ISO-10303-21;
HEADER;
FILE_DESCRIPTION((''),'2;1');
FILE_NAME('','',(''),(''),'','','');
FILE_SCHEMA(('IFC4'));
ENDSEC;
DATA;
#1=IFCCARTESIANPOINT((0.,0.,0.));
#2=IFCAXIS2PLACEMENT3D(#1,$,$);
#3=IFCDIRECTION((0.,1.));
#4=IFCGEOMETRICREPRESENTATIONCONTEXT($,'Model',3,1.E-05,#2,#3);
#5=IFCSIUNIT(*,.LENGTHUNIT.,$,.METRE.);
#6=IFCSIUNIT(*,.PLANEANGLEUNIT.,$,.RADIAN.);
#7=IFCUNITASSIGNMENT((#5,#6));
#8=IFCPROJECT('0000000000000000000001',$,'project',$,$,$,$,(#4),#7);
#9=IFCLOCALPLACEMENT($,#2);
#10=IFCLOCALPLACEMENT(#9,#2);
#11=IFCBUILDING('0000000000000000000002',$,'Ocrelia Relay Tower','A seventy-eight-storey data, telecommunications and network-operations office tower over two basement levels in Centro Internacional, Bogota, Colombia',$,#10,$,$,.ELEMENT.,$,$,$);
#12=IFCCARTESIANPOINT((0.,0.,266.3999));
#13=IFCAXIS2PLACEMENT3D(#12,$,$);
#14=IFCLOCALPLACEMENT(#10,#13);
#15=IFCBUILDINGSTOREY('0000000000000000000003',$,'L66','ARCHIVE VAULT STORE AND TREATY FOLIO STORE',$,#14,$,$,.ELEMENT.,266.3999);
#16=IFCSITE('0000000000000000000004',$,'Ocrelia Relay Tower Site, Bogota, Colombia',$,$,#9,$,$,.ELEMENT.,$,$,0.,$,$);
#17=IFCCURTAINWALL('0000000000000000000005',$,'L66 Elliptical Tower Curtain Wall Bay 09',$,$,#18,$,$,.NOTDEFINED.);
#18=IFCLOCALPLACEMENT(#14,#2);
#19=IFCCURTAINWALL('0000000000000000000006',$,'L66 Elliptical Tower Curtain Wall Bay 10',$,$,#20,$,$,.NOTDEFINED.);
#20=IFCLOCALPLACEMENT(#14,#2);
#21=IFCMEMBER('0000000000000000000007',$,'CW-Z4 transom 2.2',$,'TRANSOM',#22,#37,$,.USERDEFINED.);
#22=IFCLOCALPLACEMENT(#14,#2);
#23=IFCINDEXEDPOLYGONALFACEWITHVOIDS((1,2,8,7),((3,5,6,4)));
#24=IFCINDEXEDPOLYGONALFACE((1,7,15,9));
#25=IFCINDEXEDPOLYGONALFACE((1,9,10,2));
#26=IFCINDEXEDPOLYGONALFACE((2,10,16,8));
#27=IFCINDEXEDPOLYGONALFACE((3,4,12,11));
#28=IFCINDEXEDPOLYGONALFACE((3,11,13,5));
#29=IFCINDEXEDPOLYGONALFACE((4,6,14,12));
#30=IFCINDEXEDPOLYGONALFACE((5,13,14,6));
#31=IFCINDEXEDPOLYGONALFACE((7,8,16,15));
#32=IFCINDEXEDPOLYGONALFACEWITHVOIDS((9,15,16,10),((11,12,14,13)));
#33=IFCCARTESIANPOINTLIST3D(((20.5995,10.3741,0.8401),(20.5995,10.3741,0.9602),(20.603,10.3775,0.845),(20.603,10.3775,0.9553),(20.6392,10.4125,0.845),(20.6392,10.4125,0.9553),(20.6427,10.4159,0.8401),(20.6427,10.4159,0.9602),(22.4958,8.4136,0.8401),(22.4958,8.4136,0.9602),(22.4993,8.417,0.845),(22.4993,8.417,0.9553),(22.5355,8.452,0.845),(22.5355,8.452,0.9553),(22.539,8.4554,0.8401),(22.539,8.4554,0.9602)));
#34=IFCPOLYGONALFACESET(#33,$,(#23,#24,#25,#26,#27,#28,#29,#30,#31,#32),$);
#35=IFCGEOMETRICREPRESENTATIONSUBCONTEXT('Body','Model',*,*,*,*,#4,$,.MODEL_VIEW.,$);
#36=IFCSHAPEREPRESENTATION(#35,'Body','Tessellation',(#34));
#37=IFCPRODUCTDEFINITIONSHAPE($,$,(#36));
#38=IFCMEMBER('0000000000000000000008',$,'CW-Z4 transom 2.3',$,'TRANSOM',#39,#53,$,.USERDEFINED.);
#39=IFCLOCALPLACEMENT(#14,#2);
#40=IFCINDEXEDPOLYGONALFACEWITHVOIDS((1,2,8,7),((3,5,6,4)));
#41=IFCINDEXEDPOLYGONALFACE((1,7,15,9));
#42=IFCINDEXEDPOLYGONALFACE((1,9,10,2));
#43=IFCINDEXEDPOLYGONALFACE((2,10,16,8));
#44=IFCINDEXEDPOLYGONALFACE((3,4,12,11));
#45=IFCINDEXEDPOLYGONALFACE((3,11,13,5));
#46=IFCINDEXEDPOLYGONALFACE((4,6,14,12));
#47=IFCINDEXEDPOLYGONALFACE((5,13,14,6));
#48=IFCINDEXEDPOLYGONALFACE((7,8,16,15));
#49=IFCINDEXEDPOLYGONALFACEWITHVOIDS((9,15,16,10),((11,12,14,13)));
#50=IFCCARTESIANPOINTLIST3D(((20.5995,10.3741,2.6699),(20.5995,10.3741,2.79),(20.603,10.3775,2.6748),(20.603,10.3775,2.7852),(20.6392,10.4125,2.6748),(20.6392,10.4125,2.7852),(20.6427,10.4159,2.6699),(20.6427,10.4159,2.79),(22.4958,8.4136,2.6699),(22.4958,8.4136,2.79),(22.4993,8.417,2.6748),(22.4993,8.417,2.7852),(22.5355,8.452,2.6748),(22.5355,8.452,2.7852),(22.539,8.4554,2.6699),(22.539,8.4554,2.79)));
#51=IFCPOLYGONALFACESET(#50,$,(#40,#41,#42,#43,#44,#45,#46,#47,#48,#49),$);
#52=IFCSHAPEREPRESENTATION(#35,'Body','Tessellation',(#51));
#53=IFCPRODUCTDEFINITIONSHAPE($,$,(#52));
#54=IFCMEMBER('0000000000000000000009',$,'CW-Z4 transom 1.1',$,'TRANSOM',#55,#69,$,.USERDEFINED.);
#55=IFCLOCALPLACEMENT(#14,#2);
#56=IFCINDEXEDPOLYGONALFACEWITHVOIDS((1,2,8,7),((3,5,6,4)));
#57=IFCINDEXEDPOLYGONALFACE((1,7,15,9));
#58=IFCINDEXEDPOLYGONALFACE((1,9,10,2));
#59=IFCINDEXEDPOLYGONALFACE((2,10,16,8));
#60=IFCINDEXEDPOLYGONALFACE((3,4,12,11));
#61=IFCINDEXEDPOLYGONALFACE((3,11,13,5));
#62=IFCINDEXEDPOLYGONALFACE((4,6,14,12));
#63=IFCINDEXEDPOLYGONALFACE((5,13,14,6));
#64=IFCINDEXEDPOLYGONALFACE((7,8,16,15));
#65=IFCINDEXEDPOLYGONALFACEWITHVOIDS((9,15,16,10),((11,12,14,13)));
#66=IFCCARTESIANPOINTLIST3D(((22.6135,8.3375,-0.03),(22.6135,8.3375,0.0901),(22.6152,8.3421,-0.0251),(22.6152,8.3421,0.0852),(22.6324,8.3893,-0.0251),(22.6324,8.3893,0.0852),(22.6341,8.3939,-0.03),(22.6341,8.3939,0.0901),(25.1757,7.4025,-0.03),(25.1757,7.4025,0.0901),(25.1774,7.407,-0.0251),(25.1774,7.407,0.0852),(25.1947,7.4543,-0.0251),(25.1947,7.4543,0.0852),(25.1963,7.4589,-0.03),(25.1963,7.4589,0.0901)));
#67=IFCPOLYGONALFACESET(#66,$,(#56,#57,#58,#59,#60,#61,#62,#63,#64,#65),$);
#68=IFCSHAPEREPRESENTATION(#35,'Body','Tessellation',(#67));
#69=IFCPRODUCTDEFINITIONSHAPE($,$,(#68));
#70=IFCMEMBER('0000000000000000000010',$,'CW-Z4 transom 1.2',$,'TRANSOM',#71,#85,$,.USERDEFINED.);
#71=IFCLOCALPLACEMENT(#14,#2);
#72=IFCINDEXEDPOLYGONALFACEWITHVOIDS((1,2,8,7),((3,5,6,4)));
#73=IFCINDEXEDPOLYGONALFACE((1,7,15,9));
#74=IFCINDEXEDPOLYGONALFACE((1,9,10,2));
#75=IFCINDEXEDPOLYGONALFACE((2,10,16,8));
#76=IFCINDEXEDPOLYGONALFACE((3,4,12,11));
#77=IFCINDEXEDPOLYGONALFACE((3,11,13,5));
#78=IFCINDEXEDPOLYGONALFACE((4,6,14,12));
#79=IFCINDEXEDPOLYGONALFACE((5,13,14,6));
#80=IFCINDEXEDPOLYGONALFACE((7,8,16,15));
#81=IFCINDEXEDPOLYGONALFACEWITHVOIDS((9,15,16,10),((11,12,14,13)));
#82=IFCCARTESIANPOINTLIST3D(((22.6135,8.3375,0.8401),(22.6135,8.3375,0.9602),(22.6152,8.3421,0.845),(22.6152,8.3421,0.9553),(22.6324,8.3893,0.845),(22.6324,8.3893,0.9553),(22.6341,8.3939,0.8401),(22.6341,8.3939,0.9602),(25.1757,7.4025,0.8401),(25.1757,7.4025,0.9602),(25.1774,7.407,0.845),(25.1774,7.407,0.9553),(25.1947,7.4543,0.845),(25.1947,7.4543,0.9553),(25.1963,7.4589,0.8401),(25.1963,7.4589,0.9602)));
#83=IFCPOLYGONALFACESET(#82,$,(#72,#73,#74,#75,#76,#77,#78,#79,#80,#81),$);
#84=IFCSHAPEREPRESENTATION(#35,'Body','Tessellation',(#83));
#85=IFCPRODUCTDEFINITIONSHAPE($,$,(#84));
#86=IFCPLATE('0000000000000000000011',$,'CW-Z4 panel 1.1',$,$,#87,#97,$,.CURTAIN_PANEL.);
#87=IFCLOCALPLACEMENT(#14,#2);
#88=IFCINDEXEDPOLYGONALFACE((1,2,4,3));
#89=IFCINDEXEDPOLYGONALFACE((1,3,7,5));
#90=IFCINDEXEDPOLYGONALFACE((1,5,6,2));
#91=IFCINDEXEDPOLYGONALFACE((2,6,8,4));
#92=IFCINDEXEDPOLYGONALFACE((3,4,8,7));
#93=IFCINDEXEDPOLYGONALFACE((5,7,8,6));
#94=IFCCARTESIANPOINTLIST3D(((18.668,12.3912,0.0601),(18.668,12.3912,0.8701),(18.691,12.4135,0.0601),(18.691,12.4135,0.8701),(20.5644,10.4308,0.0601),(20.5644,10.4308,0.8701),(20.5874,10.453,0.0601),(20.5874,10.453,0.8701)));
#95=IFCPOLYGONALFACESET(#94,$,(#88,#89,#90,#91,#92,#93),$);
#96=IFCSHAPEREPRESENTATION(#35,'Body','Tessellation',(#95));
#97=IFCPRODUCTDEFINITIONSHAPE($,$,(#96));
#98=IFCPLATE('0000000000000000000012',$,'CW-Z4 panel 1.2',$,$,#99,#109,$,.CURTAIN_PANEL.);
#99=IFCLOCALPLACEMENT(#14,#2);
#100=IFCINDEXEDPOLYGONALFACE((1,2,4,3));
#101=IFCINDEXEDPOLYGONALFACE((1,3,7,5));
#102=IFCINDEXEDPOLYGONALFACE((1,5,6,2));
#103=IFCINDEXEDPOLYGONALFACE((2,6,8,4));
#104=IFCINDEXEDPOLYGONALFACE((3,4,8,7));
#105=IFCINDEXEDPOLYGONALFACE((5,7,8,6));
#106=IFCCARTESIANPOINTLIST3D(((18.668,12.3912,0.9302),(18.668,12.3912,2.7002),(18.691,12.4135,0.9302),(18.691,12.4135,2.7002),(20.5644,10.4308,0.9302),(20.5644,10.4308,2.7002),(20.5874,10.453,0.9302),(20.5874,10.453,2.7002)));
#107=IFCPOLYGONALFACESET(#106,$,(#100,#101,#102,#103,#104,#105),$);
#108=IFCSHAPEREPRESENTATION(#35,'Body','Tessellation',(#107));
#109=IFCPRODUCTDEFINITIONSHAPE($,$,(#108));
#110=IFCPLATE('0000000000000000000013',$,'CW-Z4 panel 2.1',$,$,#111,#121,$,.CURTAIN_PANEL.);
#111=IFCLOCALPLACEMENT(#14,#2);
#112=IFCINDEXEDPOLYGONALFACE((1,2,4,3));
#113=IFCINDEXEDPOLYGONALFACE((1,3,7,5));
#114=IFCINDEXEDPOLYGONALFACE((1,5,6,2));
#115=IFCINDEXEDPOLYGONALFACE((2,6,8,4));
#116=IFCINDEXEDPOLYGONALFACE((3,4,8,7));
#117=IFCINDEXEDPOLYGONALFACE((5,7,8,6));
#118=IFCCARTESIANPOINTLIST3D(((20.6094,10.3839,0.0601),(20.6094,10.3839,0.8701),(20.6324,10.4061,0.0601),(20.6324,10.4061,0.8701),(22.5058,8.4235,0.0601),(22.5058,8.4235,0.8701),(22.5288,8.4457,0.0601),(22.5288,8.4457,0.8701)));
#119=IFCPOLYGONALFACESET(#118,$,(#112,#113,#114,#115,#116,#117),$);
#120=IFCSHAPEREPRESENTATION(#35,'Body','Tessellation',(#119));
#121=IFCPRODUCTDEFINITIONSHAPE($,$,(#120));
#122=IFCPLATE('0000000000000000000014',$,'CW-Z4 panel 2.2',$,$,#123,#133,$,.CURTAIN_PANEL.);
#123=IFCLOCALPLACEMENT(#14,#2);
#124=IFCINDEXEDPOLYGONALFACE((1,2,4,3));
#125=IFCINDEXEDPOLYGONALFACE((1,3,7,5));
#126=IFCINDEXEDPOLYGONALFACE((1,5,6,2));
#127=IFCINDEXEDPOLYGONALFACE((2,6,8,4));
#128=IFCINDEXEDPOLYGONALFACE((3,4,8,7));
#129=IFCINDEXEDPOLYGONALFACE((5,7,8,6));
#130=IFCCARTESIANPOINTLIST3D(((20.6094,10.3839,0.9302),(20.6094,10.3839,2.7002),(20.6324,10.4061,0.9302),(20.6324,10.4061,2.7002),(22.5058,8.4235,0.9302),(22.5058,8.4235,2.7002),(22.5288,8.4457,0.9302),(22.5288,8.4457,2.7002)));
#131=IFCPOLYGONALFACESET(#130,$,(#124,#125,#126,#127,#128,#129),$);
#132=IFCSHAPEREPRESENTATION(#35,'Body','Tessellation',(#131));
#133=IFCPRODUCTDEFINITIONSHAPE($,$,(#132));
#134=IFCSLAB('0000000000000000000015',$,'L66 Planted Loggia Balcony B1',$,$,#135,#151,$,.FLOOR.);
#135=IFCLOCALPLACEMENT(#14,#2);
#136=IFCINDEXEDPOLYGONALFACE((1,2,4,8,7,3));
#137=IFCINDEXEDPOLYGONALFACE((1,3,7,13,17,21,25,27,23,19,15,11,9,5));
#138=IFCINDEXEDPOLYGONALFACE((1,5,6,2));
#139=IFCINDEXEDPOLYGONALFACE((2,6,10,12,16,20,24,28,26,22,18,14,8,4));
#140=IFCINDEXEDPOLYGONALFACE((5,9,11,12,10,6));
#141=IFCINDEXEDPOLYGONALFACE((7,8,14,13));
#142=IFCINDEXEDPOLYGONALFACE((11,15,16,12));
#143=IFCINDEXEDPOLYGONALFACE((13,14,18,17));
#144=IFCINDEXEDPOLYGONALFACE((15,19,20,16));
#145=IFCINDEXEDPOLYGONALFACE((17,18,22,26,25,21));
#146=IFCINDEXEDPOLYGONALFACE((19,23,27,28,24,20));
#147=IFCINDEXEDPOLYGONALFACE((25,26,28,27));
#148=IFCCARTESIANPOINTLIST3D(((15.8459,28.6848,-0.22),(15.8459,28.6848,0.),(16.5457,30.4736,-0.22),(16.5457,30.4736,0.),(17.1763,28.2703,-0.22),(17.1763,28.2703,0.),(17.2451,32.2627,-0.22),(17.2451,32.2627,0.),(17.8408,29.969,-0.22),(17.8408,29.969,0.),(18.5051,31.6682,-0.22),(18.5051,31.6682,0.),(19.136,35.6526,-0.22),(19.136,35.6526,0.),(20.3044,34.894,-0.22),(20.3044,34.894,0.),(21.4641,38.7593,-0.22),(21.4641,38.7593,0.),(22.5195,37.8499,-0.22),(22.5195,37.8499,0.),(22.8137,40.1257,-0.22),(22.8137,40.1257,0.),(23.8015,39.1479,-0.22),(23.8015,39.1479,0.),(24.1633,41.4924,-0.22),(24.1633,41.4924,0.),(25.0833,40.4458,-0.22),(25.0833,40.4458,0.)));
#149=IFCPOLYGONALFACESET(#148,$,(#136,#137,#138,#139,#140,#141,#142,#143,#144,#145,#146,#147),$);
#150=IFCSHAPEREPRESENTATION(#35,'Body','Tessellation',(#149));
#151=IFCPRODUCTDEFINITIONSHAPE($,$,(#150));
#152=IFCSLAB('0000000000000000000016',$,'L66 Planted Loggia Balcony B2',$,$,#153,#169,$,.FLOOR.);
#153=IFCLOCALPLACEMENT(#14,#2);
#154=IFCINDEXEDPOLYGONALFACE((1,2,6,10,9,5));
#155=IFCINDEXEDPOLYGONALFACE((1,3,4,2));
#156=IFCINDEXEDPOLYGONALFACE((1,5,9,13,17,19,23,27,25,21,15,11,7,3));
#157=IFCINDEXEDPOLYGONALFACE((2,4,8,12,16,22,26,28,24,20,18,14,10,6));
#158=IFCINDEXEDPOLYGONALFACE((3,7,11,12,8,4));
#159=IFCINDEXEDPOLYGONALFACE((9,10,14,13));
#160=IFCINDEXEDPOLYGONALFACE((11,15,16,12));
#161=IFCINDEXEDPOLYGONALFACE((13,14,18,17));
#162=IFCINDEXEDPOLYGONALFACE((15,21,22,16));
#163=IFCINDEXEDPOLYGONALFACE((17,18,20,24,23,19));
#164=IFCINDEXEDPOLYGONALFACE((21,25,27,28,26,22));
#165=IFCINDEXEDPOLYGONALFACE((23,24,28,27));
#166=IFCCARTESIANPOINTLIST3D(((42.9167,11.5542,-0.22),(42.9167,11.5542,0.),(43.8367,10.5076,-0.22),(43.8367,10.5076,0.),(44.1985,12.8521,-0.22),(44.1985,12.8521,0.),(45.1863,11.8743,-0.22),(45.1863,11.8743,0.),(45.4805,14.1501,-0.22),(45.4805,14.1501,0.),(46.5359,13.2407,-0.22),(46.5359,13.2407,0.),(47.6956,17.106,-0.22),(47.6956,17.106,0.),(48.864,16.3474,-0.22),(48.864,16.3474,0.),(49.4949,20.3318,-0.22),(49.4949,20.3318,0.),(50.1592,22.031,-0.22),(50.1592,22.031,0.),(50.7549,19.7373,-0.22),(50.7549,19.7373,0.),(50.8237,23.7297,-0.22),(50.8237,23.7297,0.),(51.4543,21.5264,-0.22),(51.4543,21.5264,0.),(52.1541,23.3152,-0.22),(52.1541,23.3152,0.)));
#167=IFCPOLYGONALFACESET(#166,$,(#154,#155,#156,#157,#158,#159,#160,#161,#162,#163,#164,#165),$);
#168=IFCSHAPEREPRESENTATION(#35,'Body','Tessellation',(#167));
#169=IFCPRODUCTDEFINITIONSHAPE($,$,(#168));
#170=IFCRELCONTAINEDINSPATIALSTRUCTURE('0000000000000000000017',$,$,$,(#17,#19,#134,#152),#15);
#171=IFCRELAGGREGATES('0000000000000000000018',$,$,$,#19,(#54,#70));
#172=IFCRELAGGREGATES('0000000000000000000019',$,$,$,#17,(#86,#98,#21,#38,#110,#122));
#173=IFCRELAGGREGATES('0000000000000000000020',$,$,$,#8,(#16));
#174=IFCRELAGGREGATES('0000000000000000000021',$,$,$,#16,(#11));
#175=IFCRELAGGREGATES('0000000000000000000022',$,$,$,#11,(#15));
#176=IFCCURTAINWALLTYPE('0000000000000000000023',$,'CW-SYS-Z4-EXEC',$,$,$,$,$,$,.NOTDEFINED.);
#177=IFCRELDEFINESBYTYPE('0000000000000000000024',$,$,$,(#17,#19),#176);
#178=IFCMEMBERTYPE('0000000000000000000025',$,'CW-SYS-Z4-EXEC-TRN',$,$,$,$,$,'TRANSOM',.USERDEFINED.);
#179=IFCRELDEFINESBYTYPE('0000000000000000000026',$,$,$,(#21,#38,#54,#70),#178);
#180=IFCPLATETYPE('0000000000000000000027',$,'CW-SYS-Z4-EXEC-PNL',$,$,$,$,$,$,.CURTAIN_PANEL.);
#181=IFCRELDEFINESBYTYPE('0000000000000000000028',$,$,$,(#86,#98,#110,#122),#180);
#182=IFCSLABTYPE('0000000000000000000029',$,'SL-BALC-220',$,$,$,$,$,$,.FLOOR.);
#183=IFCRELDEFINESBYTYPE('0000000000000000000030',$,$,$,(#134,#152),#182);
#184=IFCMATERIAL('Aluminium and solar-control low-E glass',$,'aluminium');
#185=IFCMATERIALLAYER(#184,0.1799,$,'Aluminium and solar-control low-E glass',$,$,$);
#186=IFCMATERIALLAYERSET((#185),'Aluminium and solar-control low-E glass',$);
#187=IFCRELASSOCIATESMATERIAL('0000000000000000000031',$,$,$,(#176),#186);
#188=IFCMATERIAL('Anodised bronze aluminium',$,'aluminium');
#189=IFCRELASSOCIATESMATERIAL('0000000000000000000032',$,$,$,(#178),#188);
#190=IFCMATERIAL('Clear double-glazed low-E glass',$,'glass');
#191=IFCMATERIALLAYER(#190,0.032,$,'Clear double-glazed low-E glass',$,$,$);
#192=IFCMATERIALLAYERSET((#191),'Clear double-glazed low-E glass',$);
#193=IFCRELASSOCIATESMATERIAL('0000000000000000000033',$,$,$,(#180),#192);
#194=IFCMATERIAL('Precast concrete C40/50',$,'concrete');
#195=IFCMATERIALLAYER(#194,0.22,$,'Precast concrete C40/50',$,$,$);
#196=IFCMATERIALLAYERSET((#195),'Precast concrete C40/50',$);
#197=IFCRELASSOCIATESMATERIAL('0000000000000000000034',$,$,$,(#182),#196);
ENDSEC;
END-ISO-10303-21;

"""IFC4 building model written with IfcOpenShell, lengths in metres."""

from ifc_helpers import new_model, si_unit, direction, frame, origin, origin_2d, place, context, subcontext, project, spatial, polyline, rectangle, hollow_rectangle, outline, extrude, material, layer, layer_set, material_profile, profile_set, type_object, element, aggregate, save


model = new_model("IFC4")

# Units and contexts
model_context = context("Model", 3, precision=1e-05, world=origin(), true_north=direction((0.0, 1.0)))
body_context = subcontext(model_context, "Body", "Model", "MODEL_VIEW")
ifc_project = project(units=[si_unit("LENGTHUNIT", "METRE"), si_unit("PLANEANGLEUNIT", "RADIAN")], contexts=[model_context])

# Site, building, storey
site_placement = place(None, origin())
site = spatial("IfcSite", under=ifc_project, at=site_placement, Name="Ocrelia Relay Tower Site, Bogota, Colombia", CompositionType="ELEMENT", RefElevation=0.0)
building_placement = place(site_placement, origin())
building = spatial("IfcBuilding", under=site, at=building_placement, Name="Ocrelia Relay Tower", Description="A seventy-eight-storey data, telecommunications and network-operations office tower over two basement levels in Centro Internacional, Bogota, Colombia", CompositionType="ELEMENT")
storey_placement = place(building_placement, frame((0.0, 0.0, 266.3999)))
storey = spatial("IfcBuildingStorey", under=building, at=storey_placement, Name="L66", Description="ARCHIVE VAULT STORE AND TREATY FOLIO STORE", CompositionType="ELEMENT", Elevation=266.3999)

# Curtain wall
ifc_material_1 = material(Name="Aluminium and solar-control low-E glass", Category="aluminium")
ifc_layer_1 = layer(ifc_material_1, 0.1799, Name="Aluminium and solar-control low-E glass")
ifc_layer_set_1 = layer_set([ifc_layer_1], Name="Aluminium and solar-control low-E glass")
curtain_wall_type = type_object("IfcCurtainWallType", Name="CW-SYS-Z4-EXEC", PredefinedType="NOTDEFINED", material=ifc_layer_set_1)
curtain_wall_1_placement = place(storey_placement, origin())
curtain_wall_1 = element("IfcCurtainWall", 1, at=curtain_wall_1_placement, inside=storey, type_object=curtain_wall_type, Name="L66 Elliptical Tower Curtain Wall Bay 09", PredefinedType="NOTDEFINED")
ifc_material_2 = material(Name="Anodised bronze aluminium", Category="aluminium")

# Curtain wall
curtain_wall_2_placement = place(storey_placement, origin())
curtain_wall_2 = element("IfcCurtainWall", 2, at=curtain_wall_2_placement, inside=storey, type_object=curtain_wall_type, Name="L66 Elliptical Tower Curtain Wall Bay 10", PredefinedType="NOTDEFINED")

# Members
ifc_material_profile_1 = material_profile(ifc_material_2, hollow_rectangle(XDim=0.0601, YDim=0.1201, WallThickness=0.0049, at=origin_2d()), Name="CW-TRN-120x60")
ifc_profile_set_1 = profile_set([ifc_material_profile_1], Name="Anodised bronze aluminium")
member_type_1 = type_object("IfcMemberType", Name="CW-SYS-Z4-EXEC-TRN", ElementType="TRANSOM", PredefinedType="USERDEFINED", material=ifc_profile_set_1)
member_1_placement = place(storey_placement, frame((20.6211, 10.395, 0.9001), z_axis=(0.695238, -0.71878, 0.0), x_axis=(0.71878, 0.695238, 0.0)))
member_1 = element("IfcMember", 3, at=member_1_placement, type_object=member_type_1, Name="CW-Z4 transom 2.2", ObjectType="TRANSOM", PredefinedType="USERDEFINED", context=body_context, shape_type="SweptSolid", body=[
    extrude(hollow_rectangle(XDim=0.0601, YDim=0.1201, WallThickness=0.0049, at=origin_2d()), origin(), (0.0, 0.0, 1.0), 2.7275),
])
member_2_placement = place(storey_placement, frame((20.6211, 10.395, 2.73), z_axis=(0.695238, -0.71878, 0.0), x_axis=(0.71878, 0.695238, 0.0)))
member_2 = element("IfcMember", 4, at=member_2_placement, type_object=member_type_1, Name="CW-Z4 transom 2.3", ObjectType="TRANSOM", PredefinedType="USERDEFINED", context=body_context, shape_type="SweptSolid", body=[
    extrude(hollow_rectangle(XDim=0.0601, YDim=0.1201, WallThickness=0.0049, at=origin_2d()), origin(), (0.0, 0.0, 1.0), 2.7275),
])
member_3_placement = place(storey_placement, frame((22.6238, 8.3657, 0.03), z_axis=(0.939401, -0.342821, 0.0), x_axis=(0.342821, 0.939401, 0.0)))
member_3 = element("IfcMember", 5, at=member_3_placement, type_object=member_type_1, Name="CW-Z4 transom 1.1", ObjectType="TRANSOM", PredefinedType="USERDEFINED", context=body_context, shape_type="SweptSolid", body=[
    extrude(hollow_rectangle(XDim=0.0601, YDim=0.1201, WallThickness=0.0049, at=origin_2d()), origin(), (0.0, 0.0, 1.0), 2.7275),
])
member_4_placement = place(storey_placement, frame((22.6238, 8.3657, 0.9001), z_axis=(0.939401, -0.342821, 0.0), x_axis=(0.342821, 0.939401, 0.0)))
member_4 = element("IfcMember", 6, at=member_4_placement, type_object=member_type_1, Name="CW-Z4 transom 1.2", ObjectType="TRANSOM", PredefinedType="USERDEFINED", context=body_context, shape_type="SweptSolid", body=[
    extrude(hollow_rectangle(XDim=0.0601, YDim=0.1201, WallThickness=0.0049, at=origin_2d()), origin(), (0.0, 0.0, 1.0), 2.7275),
])
aggregate(curtain_wall_2, [member_3, member_4])

# Plates
ifc_material_3 = material(Name="Clear double-glazed low-E glass", Category="glass")
ifc_layer_2 = layer(ifc_material_3, 0.032, Name="Clear double-glazed low-E glass")
ifc_layer_set_2 = layer_set([ifc_layer_2], Name="Clear double-glazed low-E glass")
plate_type = type_object("IfcPlateType", Name="CW-SYS-Z4-EXEC-PNL", PredefinedType="CURTAIN_PANEL", material=ifc_layer_set_2)
plate_1_placement = place(storey_placement, frame((19.6277, 11.4221, 0.0601), z_axis=(0.0, 0.0, 1.0), x_axis=(0.695257, -0.718761, 0.0)))
plate_1 = element("IfcPlate", 7, at=plate_1_placement, type_object=plate_type, Name="CW-Z4 panel 1.1", PredefinedType="CURTAIN_PANEL", context=body_context, shape_type="SweptSolid", body=[
    extrude(rectangle(XDim=2.7275, YDim=0.032, at=origin_2d()), origin(), (0.0, 0.0, 1.0), 0.8101),
])
plate_2_placement = place(storey_placement, frame((19.6277, 11.4221, 0.9302), z_axis=(0.0, 0.0, 1.0), x_axis=(0.695257, -0.718761, 0.0)))
plate_2 = element("IfcPlate", 8, at=plate_2_placement, type_object=plate_type, Name="CW-Z4 panel 1.2", PredefinedType="CURTAIN_PANEL", context=body_context, shape_type="SweptSolid", body=[
    extrude(rectangle(XDim=2.7275, YDim=0.032, at=origin_2d()), origin(), (0.0, 0.0, 1.0), 1.77),
])
plate_3_placement = place(storey_placement, frame((21.5691, 9.4148, 0.0601), z_axis=(0.0, 0.0, 1.0), x_axis=(0.695257, -0.718761, 0.0)))
plate_3 = element("IfcPlate", 9, at=plate_3_placement, type_object=plate_type, Name="CW-Z4 panel 2.1", PredefinedType="CURTAIN_PANEL", context=body_context, shape_type="SweptSolid", body=[
    extrude(rectangle(XDim=2.7275, YDim=0.032, at=origin_2d()), origin(), (0.0, 0.0, 1.0), 0.8101),
])
plate_4_placement = place(storey_placement, frame((21.5691, 9.4148, 0.9302), z_axis=(0.0, 0.0, 1.0), x_axis=(0.695257, -0.718761, 0.0)))
plate_4 = element("IfcPlate", 10, at=plate_4_placement, type_object=plate_type, Name="CW-Z4 panel 2.2", PredefinedType="CURTAIN_PANEL", context=body_context, shape_type="SweptSolid", body=[
    extrude(rectangle(XDim=2.7275, YDim=0.032, at=origin_2d()), origin(), (0.0, 0.0, 1.0), 1.77),
])
aggregate(curtain_wall_1, [plate_1, plate_2, member_1, member_2, plate_3, plate_4])

# Slabs
ifc_material_4 = material(Name="Precast concrete C40/50", Category="concrete")
ifc_layer_3 = layer(ifc_material_4, 0.22, Name="Precast concrete C40/50")
ifc_layer_set_3 = layer_set([ifc_layer_3], Name="Precast concrete C40/50")
slab_type_1 = type_object("IfcSlabType", Name="SL-BALC-220", PredefinedType="FLOOR", material=ifc_layer_set_3)
slab_1_placement = place(storey_placement, frame((0.0, 0.0, -0.22)))
element("IfcSlab", 11, at=slab_1_placement, inside=storey, type_object=slab_type_1, Name="L66 Planted Loggia Balcony B1", PredefinedType="FLOOR", context=body_context, shape_type="SweptSolid", body=[
    extrude(outline(polyline([(25.0833, 40.4458), (23.8015, 39.1479), (22.5195, 37.8499), (20.3044, 34.894), (18.5051, 31.6682), (17.8408, 29.969), (17.1763, 28.2703), (15.8459, 28.6848), (16.5457, 30.4736), (17.2451, 32.2627), (19.136, 35.6526), (21.4641, 38.7593), (22.8137, 40.1257), (24.1633, 41.4924), (25.0833, 40.4458)])), origin(), (0.0, 0.0, 1.0), 0.22),
])
slab_2_placement = place(storey_placement, frame((0.0, 0.0, -0.22)))
element("IfcSlab", 12, at=slab_2_placement, inside=storey, type_object=slab_type_1, Name="L66 Planted Loggia Balcony B2", PredefinedType="FLOOR", context=body_context, shape_type="SweptSolid", body=[
    extrude(outline(polyline([(42.9167, 11.5542), (44.1985, 12.8521), (45.4805, 14.1501), (47.6956, 17.106), (49.4949, 20.3318), (50.1592, 22.031), (50.8237, 23.7297), (52.1541, 23.3152), (51.4543, 21.5264), (50.7549, 19.7373), (48.864, 16.3474), (46.5359, 13.2407), (45.1863, 11.8743), (43.8367, 10.5076), (42.9167, 11.5542)])), origin(), (0.0, 0.0, 1.0), 0.22),
])

save(model, "model.ifc")
